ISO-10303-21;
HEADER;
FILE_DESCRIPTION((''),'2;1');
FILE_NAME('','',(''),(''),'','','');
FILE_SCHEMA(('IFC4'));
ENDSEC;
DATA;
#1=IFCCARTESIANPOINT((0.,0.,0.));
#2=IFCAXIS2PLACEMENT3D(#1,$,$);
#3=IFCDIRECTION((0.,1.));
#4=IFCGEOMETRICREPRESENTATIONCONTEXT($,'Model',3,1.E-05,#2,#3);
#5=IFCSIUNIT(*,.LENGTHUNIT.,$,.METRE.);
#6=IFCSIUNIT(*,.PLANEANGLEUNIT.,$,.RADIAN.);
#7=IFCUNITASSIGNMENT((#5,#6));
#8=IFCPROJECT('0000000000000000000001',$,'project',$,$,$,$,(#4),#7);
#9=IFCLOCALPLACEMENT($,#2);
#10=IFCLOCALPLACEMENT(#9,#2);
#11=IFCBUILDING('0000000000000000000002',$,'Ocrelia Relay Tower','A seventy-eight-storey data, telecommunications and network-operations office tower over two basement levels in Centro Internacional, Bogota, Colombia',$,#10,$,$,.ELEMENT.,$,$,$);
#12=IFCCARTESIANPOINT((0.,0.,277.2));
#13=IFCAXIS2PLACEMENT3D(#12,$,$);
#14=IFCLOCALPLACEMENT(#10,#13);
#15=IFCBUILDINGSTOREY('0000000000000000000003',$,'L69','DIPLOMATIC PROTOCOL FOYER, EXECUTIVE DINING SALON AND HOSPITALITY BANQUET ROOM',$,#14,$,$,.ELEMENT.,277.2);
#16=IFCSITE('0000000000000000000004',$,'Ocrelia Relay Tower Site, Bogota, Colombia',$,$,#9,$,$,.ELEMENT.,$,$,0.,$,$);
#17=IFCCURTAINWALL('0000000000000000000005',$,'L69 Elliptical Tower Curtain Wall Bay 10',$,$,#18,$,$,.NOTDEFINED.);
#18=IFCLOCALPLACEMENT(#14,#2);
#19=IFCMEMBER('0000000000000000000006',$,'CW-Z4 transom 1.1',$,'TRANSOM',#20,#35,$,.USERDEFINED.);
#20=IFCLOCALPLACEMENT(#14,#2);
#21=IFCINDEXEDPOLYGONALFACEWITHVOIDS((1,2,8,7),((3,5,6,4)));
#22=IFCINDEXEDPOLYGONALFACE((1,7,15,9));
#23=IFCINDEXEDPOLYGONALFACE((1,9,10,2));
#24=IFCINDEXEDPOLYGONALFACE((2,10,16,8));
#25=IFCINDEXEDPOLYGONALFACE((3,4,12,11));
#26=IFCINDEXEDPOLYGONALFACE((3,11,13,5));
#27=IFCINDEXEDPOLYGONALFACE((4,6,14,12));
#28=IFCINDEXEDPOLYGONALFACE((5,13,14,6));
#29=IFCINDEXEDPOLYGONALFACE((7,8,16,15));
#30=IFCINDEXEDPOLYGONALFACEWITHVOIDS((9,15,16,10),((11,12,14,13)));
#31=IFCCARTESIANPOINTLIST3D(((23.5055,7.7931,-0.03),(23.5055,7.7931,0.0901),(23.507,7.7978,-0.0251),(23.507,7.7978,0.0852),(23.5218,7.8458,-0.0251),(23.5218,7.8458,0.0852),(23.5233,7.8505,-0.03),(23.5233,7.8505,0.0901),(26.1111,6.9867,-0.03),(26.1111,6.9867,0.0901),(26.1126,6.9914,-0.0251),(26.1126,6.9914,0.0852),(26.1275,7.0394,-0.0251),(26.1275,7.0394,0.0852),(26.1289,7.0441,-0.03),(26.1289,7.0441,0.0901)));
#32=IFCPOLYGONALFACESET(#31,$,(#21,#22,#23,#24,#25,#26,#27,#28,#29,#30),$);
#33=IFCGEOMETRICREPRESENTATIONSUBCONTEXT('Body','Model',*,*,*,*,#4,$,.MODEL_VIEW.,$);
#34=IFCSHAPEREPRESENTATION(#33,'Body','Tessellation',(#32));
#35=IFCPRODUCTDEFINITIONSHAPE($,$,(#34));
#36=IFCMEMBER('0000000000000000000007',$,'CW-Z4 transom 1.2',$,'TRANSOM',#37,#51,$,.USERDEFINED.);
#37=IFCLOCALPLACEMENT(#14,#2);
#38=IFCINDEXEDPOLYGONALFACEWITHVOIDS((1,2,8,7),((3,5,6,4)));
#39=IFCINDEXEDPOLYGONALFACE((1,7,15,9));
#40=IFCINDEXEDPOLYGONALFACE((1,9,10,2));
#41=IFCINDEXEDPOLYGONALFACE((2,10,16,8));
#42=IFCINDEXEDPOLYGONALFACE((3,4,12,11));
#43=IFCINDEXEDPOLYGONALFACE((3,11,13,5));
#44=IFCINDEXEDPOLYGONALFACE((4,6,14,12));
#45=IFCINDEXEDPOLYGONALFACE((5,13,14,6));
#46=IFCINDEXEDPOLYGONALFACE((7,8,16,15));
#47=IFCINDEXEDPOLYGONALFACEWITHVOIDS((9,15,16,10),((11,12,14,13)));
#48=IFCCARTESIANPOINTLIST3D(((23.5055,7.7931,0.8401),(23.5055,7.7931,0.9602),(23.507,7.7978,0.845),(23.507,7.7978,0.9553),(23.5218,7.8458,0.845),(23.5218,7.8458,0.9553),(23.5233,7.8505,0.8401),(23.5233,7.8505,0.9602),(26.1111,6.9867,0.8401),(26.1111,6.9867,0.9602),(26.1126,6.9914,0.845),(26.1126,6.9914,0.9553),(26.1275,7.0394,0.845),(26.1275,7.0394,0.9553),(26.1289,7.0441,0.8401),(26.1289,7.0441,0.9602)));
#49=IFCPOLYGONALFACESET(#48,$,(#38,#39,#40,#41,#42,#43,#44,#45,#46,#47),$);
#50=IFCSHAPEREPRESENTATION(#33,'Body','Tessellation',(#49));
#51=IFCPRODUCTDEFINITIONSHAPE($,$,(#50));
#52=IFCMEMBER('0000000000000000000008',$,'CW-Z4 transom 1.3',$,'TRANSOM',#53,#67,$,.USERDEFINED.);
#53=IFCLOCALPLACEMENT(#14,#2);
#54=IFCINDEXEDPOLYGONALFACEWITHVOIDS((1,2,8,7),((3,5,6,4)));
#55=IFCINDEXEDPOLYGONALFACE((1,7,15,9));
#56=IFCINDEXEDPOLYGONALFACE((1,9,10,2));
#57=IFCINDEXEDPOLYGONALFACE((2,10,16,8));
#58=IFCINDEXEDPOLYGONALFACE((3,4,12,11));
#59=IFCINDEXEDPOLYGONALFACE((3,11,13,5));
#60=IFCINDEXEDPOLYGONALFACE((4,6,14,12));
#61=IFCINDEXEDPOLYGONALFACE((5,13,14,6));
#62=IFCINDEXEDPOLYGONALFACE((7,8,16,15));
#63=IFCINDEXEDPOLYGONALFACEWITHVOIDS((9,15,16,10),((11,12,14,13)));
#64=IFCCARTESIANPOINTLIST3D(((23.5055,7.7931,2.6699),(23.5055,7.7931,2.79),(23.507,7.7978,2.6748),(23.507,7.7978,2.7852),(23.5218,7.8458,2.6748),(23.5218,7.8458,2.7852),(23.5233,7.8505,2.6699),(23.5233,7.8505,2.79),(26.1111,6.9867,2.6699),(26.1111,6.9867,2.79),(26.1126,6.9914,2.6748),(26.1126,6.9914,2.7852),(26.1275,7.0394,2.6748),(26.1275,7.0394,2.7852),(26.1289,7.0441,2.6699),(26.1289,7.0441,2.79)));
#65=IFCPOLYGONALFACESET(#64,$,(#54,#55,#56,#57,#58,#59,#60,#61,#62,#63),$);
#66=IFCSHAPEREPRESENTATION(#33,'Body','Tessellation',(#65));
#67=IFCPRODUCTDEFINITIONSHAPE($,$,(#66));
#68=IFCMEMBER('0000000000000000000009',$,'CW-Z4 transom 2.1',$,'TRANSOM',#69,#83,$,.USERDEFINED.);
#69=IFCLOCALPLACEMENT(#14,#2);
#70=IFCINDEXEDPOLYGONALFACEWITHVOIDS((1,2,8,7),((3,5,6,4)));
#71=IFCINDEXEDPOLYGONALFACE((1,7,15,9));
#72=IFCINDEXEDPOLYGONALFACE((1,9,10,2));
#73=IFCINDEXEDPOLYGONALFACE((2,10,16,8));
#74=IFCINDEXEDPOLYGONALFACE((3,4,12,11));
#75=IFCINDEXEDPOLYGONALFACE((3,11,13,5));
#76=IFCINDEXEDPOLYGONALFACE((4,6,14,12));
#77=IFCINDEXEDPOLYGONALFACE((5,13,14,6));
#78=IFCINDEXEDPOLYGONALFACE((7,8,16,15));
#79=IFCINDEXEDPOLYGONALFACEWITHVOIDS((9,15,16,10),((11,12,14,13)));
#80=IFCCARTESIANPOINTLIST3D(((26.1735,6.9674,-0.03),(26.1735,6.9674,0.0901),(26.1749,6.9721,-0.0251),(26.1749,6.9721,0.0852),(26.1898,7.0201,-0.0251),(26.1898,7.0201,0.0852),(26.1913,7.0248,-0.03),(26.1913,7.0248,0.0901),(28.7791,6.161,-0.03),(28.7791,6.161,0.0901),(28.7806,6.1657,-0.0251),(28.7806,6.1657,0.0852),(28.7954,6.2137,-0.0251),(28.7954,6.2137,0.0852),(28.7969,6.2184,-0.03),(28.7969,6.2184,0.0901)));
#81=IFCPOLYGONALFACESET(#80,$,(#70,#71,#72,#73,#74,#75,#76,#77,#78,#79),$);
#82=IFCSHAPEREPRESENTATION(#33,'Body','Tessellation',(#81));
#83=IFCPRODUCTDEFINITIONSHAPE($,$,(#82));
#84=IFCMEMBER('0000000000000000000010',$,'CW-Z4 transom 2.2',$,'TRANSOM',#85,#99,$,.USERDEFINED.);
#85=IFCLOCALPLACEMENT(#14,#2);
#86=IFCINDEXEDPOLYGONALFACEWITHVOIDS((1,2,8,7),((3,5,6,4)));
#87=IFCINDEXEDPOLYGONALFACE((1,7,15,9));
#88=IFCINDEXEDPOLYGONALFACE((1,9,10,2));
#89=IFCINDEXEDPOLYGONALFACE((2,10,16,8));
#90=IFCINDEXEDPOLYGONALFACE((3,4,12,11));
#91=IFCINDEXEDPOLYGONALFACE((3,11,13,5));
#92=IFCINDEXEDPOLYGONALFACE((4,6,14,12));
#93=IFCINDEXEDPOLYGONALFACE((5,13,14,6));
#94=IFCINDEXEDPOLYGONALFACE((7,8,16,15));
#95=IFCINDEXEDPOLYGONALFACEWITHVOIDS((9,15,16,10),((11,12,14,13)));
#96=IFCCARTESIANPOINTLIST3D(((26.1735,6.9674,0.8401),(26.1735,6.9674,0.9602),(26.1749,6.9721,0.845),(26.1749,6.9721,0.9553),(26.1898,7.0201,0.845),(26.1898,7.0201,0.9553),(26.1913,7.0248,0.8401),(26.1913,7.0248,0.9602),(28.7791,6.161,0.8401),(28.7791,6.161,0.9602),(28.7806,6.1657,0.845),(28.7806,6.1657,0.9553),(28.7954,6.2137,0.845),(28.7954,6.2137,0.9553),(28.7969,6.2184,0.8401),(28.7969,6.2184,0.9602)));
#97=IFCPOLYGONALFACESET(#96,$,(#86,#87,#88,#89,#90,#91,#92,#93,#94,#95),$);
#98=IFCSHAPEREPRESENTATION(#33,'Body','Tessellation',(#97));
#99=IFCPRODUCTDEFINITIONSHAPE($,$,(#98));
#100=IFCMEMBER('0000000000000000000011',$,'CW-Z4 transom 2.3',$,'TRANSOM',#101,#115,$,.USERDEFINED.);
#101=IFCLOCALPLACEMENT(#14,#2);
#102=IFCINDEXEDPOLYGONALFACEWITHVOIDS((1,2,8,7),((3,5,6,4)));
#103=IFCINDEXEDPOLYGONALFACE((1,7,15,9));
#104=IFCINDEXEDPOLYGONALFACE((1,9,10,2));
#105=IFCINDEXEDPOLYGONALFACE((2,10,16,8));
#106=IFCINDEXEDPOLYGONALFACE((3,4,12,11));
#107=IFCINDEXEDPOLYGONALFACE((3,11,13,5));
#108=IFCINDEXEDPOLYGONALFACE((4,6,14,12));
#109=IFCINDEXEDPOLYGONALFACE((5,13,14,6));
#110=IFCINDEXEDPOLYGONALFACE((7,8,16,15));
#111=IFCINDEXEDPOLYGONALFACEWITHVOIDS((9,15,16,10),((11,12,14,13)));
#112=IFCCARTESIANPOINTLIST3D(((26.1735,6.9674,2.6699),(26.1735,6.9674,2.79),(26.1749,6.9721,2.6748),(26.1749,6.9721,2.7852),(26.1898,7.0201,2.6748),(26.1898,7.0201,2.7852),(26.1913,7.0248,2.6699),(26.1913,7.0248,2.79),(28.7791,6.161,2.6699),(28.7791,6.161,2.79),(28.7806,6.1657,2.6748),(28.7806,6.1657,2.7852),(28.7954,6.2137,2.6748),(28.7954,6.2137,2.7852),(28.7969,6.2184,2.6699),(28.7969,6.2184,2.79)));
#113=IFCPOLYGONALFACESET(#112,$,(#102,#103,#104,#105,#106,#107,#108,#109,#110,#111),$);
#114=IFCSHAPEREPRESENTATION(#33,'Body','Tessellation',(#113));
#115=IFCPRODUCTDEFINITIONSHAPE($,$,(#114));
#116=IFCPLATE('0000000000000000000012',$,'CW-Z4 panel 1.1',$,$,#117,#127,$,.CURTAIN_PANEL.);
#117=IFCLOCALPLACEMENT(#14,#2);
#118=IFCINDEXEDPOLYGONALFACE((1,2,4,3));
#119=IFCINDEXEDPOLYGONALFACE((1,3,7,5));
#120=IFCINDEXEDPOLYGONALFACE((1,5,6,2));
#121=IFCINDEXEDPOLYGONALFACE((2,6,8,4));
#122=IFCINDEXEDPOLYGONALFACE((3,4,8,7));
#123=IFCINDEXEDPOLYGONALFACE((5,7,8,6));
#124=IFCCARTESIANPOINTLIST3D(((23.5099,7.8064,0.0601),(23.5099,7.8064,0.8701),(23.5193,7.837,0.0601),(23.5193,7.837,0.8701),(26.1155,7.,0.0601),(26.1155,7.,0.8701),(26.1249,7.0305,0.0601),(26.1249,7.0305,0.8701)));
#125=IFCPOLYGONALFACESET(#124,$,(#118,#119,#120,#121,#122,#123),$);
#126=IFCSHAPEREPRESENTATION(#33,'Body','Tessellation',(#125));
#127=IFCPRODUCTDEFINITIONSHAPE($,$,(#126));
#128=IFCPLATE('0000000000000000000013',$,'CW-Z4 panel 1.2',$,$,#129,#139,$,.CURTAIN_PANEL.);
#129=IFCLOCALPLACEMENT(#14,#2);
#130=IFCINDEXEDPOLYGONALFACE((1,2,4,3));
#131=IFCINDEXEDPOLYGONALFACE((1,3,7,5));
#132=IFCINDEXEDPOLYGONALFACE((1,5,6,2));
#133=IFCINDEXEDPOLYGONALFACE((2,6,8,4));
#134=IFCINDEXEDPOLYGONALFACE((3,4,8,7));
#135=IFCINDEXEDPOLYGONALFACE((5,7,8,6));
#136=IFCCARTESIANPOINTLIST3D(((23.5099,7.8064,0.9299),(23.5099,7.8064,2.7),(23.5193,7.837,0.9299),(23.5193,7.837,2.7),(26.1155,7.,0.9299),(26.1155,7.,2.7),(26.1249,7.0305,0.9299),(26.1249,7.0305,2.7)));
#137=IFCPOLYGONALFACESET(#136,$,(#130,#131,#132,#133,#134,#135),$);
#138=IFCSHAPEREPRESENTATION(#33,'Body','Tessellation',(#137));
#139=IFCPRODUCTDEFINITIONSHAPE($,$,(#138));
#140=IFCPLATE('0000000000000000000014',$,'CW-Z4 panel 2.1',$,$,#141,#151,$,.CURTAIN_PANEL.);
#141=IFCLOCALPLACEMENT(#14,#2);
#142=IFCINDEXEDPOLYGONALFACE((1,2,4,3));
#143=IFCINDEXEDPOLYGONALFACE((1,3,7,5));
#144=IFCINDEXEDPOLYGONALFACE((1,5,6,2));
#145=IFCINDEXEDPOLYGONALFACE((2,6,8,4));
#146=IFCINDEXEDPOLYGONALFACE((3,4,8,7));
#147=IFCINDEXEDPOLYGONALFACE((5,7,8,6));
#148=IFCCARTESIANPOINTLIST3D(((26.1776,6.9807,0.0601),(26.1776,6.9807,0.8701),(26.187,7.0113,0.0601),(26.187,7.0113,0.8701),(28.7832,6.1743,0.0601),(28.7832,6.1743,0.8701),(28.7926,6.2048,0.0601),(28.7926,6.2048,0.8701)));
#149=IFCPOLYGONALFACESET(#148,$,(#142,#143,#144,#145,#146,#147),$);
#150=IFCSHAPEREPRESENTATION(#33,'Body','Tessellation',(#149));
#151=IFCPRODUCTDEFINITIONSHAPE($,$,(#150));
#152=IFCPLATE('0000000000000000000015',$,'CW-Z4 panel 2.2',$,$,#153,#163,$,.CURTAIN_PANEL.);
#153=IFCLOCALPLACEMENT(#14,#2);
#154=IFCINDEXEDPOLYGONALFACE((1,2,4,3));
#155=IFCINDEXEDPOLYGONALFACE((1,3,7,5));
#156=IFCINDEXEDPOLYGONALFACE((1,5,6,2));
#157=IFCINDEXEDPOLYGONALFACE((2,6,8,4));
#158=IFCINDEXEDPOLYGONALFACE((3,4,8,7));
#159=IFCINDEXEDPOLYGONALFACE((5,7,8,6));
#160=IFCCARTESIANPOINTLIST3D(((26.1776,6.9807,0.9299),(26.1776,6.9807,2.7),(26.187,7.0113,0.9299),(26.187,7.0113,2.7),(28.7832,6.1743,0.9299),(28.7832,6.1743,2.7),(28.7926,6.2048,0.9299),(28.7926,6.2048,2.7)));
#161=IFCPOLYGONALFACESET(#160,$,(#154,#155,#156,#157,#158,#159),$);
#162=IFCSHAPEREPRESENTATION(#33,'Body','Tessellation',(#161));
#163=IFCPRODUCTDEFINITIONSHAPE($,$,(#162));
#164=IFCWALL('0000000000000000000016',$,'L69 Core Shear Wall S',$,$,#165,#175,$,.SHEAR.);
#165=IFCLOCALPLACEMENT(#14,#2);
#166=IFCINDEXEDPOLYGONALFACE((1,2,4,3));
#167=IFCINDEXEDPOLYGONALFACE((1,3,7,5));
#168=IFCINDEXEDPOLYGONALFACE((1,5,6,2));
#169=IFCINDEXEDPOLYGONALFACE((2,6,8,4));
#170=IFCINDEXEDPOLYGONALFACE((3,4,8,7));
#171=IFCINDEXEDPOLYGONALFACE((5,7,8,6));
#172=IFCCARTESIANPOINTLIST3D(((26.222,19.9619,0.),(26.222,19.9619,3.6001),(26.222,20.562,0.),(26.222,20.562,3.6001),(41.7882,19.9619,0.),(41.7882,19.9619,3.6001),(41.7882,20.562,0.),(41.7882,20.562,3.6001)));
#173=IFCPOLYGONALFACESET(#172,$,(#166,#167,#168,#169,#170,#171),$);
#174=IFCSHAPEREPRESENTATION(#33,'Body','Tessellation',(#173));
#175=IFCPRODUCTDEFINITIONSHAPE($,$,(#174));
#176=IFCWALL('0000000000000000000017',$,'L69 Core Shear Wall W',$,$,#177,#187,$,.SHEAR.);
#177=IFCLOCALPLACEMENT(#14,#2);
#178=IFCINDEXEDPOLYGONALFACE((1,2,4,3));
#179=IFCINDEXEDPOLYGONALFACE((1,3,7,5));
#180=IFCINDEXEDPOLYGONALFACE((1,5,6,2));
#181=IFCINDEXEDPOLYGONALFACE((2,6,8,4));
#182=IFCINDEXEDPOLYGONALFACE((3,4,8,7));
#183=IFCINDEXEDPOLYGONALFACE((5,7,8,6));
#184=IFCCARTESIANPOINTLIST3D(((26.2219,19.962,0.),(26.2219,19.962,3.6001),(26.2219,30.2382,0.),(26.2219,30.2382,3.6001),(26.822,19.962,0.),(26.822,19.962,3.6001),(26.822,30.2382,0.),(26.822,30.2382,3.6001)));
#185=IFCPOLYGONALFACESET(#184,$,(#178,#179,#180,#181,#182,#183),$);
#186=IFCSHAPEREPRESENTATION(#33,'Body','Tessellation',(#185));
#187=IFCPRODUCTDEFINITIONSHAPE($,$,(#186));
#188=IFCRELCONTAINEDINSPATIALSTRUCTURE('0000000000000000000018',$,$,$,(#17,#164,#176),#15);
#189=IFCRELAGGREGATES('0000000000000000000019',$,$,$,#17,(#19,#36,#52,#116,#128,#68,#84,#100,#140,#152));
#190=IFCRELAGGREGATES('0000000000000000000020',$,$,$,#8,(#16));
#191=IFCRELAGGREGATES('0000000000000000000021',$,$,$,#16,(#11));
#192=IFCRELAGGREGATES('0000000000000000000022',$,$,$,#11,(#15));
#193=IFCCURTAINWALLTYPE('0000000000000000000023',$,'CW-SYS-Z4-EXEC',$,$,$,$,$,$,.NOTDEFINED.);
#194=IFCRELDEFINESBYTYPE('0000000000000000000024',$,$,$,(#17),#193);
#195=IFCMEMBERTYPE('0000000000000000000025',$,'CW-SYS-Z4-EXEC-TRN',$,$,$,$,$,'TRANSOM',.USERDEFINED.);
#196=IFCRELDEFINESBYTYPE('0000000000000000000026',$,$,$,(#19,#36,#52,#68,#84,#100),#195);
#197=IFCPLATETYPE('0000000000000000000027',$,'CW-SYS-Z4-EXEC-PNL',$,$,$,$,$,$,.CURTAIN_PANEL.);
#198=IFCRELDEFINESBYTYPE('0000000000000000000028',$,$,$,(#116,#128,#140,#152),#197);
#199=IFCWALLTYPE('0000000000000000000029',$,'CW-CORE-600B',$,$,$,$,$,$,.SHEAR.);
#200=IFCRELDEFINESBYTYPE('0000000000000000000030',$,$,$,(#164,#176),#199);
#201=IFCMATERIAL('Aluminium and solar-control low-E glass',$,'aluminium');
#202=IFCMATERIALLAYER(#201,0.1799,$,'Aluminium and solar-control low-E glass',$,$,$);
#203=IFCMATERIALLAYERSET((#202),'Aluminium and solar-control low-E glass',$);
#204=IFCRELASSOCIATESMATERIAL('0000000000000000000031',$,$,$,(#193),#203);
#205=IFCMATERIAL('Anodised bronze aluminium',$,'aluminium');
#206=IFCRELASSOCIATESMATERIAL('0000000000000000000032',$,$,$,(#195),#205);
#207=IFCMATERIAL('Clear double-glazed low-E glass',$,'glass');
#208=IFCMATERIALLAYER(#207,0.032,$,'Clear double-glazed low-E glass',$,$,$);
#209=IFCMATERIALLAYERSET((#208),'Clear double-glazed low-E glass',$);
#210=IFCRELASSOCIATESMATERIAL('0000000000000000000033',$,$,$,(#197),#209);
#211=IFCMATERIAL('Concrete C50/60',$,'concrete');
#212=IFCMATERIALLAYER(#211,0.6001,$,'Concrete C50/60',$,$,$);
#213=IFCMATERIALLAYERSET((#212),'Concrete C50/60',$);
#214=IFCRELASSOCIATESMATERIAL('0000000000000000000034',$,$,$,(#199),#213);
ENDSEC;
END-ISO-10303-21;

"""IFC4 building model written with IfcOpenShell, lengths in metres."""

from ifc_helpers import new_model, si_unit, direction, frame, frame_2d, origin, origin_2d, place, context, subcontext, project, spatial, rectangle, hollow_rectangle, extrude, material, layer, layer_set, material_profile, profile_set, type_object, element, aggregate, save


model = new_model("IFC4")

# Units and contexts
model_context = context("Model", 3, precision=1e-05, world=origin(), true_north=direction((0.0, 1.0)))
body_context = subcontext(model_context, "Body", "Model", "MODEL_VIEW")
ifc_project = project(units=[si_unit("LENGTHUNIT", "METRE"), si_unit("PLANEANGLEUNIT", "RADIAN")], contexts=[model_context])

# Site, building, storey
site_placement = place(None, origin())
site = spatial("IfcSite", under=ifc_project, at=site_placement, Name="Ocrelia Relay Tower Site, Bogota, Colombia", CompositionType="ELEMENT", RefElevation=0.0)
building_placement = place(site_placement, origin())
building = spatial("IfcBuilding", under=site, at=building_placement, Name="Ocrelia Relay Tower", Description="A seventy-eight-storey data, telecommunications and network-operations office tower over two basement levels in Centro Internacional, Bogota, Colombia", CompositionType="ELEMENT")
storey_placement = place(building_placement, frame((0.0, 0.0, 277.2)))
storey = spatial("IfcBuildingStorey", under=building, at=storey_placement, Name="L69", Description="DIPLOMATIC PROTOCOL FOYER, EXECUTIVE DINING SALON AND HOSPITALITY BANQUET ROOM", CompositionType="ELEMENT", Elevation=277.2)

# Shared definitions
ifc_material_1 = material(Name="Concrete C50/60", Category="concrete")

# Curtain wall, members, plates
ifc_material_2 = material(Name="Aluminium and solar-control low-E glass", Category="aluminium")
ifc_layer_1 = layer(ifc_material_2, 0.1799, Name="Aluminium and solar-control low-E glass")
ifc_layer_set_1 = layer_set([ifc_layer_1], Name="Aluminium and solar-control low-E glass")
curtain_wall_type = type_object("IfcCurtainWallType", Name="CW-SYS-Z4-EXEC", PredefinedType="NOTDEFINED", material=ifc_layer_set_1)
curtain_wall_placement = place(storey_placement, origin())
curtain_wall = element("IfcCurtainWall", 1, at=curtain_wall_placement, inside=storey, type_object=curtain_wall_type, Name="L69 Elliptical Tower Curtain Wall Bay 10", PredefinedType="NOTDEFINED")
ifc_material_3 = material(Name="Anodised bronze aluminium", Category="aluminium")
ifc_material_profile_1 = material_profile(ifc_material_3, hollow_rectangle(XDim=0.0601, YDim=0.1201, WallThickness=0.0049, at=origin_2d()), Name="CW-TRN-120x60")
ifc_profile_set_1 = profile_set([ifc_material_profile_1], Name="Anodised bronze aluminium")
member_type_1 = type_object("IfcMemberType", Name="CW-SYS-Z4-EXEC-TRN", ElementType="TRANSOM", PredefinedType="USERDEFINED", material=ifc_profile_set_1)
member_1_placement = place(storey_placement, frame((23.5144, 7.8218, 0.03), z_axis=(0.9553, -0.295639, 0.0), x_axis=(0.295639, 0.9553, 0.0)))
member_1 = element("IfcMember", 2, at=member_1_placement, type_object=member_type_1, Name="CW-Z4 transom 1.1", ObjectType="TRANSOM", PredefinedType="USERDEFINED", context=body_context, shape_type="SweptSolid", body=[
    extrude(hollow_rectangle(XDim=0.0601, YDim=0.1201, WallThickness=0.0049, at=origin_2d()), origin(), (0.0, 0.0, 1.0), 2.7275),
])
member_2_placement = place(storey_placement, frame((23.5144, 7.8218, 0.9001), z_axis=(0.9553, -0.295639, 0.0), x_axis=(0.295639, 0.9553, 0.0)))
member_2 = element("IfcMember", 3, at=member_2_placement, type_object=member_type_1, Name="CW-Z4 transom 1.2", ObjectType="TRANSOM", PredefinedType="USERDEFINED", context=body_context, shape_type="SweptSolid", body=[
    extrude(hollow_rectangle(XDim=0.0601, YDim=0.1201, WallThickness=0.0049, at=origin_2d()), origin(), (0.0, 0.0, 1.0), 2.7275),
])
member_3_placement = place(storey_placement, frame((23.5144, 7.8218, 2.73), z_axis=(0.9553, -0.295639, 0.0), x_axis=(0.295639, 0.9553, 0.0)))
member_3 = element("IfcMember", 4, at=member_3_placement, type_object=member_type_1, Name="CW-Z4 transom 1.3", ObjectType="TRANSOM", PredefinedType="USERDEFINED", context=body_context, shape_type="SweptSolid", body=[
    extrude(hollow_rectangle(XDim=0.0601, YDim=0.1201, WallThickness=0.0049, at=origin_2d()), origin(), (0.0, 0.0, 1.0), 2.7275),
])
member_4_placement = place(storey_placement, frame((26.1824, 6.9961, 0.03), z_axis=(0.9553, -0.295639, 0.0), x_axis=(0.295639, 0.9553, 0.0)))
member_4 = element("IfcMember", 5, at=member_4_placement, type_object=member_type_1, Name="CW-Z4 transom 2.1", ObjectType="TRANSOM", PredefinedType="USERDEFINED", context=body_context, shape_type="SweptSolid", body=[
    extrude(hollow_rectangle(XDim=0.0601, YDim=0.1201, WallThickness=0.0049, at=origin_2d()), origin(), (0.0, 0.0, 1.0), 2.7275),
])
member_5_placement = place(storey_placement, frame((26.1824, 6.9961, 0.9001), z_axis=(0.9553, -0.295639, 0.0), x_axis=(0.295639, 0.9553, 0.0)))
member_5 = element("IfcMember", 6, at=member_5_placement, type_object=member_type_1, Name="CW-Z4 transom 2.2", ObjectType="TRANSOM", PredefinedType="USERDEFINED", context=body_context, shape_type="SweptSolid", body=[
    extrude(hollow_rectangle(XDim=0.0601, YDim=0.1201, WallThickness=0.0049, at=origin_2d()), origin(), (0.0, 0.0, 1.0), 2.7275),
])
member_6_placement = place(storey_placement, frame((26.1824, 6.9961, 2.73), z_axis=(0.9553, -0.295639, 0.0), x_axis=(0.295639, 0.9553, 0.0)))
member_6 = element("IfcMember", 7, at=member_6_placement, type_object=member_type_1, Name="CW-Z4 transom 2.3", ObjectType="TRANSOM", PredefinedType="USERDEFINED", context=body_context, shape_type="SweptSolid", body=[
    extrude(hollow_rectangle(XDim=0.0601, YDim=0.1201, WallThickness=0.0049, at=origin_2d()), origin(), (0.0, 0.0, 1.0), 2.7275),
])
ifc_material_4 = material(Name="Clear double-glazed low-E glass", Category="glass")
ifc_layer_2 = layer(ifc_material_4, 0.032, Name="Clear double-glazed low-E glass")
ifc_layer_set_2 = layer_set([ifc_layer_2], Name="Clear double-glazed low-E glass")
plate_type = type_object("IfcPlateType", Name="CW-SYS-Z4-EXEC-PNL", PredefinedType="CURTAIN_PANEL", material=ifc_layer_set_2)
plate_1_placement = place(storey_placement, frame((24.8174, 7.4185, 0.0601), z_axis=(0.0, 0.0, 1.0), x_axis=(0.955292, -0.295665, 0.0)))
plate_1 = element("IfcPlate", 8, at=plate_1_placement, type_object=plate_type, Name="CW-Z4 panel 1.1", PredefinedType="CURTAIN_PANEL", context=body_context, shape_type="SweptSolid", body=[
    extrude(rectangle(XDim=2.7275, YDim=0.032, at=origin_2d()), origin(), (0.0, 0.0, 1.0), 0.8101),
])
plate_2_placement = place(storey_placement, frame((24.8174, 7.4185, 0.9299), z_axis=(0.0, 0.0, 1.0), x_axis=(0.955292, -0.295665, 0.0)))
plate_2 = element("IfcPlate", 9, at=plate_2_placement, type_object=plate_type, Name="CW-Z4 panel 1.2", PredefinedType="CURTAIN_PANEL", context=body_context, shape_type="SweptSolid", body=[
    extrude(rectangle(XDim=2.7275, YDim=0.032, at=origin_2d()), origin(), (0.0, 0.0, 1.0), 1.77),
])
plate_3_placement = place(storey_placement, frame((27.4851, 6.5928, 0.0601), z_axis=(0.0, 0.0, 1.0), x_axis=(0.955292, -0.295665, 0.0)))
plate_3 = element("IfcPlate", 10, at=plate_3_placement, type_object=plate_type, Name="CW-Z4 panel 2.1", PredefinedType="CURTAIN_PANEL", context=body_context, shape_type="SweptSolid", body=[
    extrude(rectangle(XDim=2.7275, YDim=0.032, at=origin_2d()), origin(), (0.0, 0.0, 1.0), 0.8101),
])
plate_4_placement = place(storey_placement, frame((27.4851, 6.5928, 0.9299), z_axis=(0.0, 0.0, 1.0), x_axis=(0.955292, -0.295665, 0.0)))
plate_4 = element("IfcPlate", 11, at=plate_4_placement, type_object=plate_type, Name="CW-Z4 panel 2.2", PredefinedType="CURTAIN_PANEL", context=body_context, shape_type="SweptSolid", body=[
    extrude(rectangle(XDim=2.7275, YDim=0.032, at=origin_2d()), origin(), (0.0, 0.0, 1.0), 1.77),
])
aggregate(curtain_wall, [member_1, member_2, member_3, plate_1, plate_2, member_4, member_5, member_6, plate_3, plate_4])

# Walls
ifc_layer_3 = layer(ifc_material_1, 0.6001, Name="Concrete C50/60")
ifc_layer_set_3 = layer_set([ifc_layer_3], Name="Concrete C50/60")
wall_type_1 = type_object("IfcWallType", Name="CW-CORE-600B", PredefinedType="SHEAR", material=ifc_layer_set_3)
wall_1_placement = place(storey_placement, frame((26.2219, 20.262, 0.0), z_axis=(0.0, 0.0, 1.0), x_axis=(1.0, 0.0, 0.0)))
element("IfcWall", 12, at=wall_1_placement, inside=storey, type_object=wall_type_1, Name="L69 Core Shear Wall S", PredefinedType="SHEAR", context=body_context, shape_type="SweptSolid", body=[
    extrude(rectangle(XDim=15.5662, YDim=0.6001, at=frame_2d((7.7832, 0.0))), origin(), (0.0, 0.0, 1.0), 3.6001),
])
wall_2_placement = place(storey_placement, frame((26.522, 19.9619, 0.0), z_axis=(0.0, 0.0, 1.0), x_axis=(0.0, 1.0, 0.0)))
element("IfcWall", 13, at=wall_2_placement, inside=storey, type_object=wall_type_1, Name="L69 Core Shear Wall W", PredefinedType="SHEAR", context=body_context, shape_type="SweptSolid", body=[
    extrude(rectangle(XDim=10.2761, YDim=0.6001, at=frame_2d((5.1382, 0.0))), origin(), (0.0, 0.0, 1.0), 3.6001),
])

save(model, "model.ifc")
